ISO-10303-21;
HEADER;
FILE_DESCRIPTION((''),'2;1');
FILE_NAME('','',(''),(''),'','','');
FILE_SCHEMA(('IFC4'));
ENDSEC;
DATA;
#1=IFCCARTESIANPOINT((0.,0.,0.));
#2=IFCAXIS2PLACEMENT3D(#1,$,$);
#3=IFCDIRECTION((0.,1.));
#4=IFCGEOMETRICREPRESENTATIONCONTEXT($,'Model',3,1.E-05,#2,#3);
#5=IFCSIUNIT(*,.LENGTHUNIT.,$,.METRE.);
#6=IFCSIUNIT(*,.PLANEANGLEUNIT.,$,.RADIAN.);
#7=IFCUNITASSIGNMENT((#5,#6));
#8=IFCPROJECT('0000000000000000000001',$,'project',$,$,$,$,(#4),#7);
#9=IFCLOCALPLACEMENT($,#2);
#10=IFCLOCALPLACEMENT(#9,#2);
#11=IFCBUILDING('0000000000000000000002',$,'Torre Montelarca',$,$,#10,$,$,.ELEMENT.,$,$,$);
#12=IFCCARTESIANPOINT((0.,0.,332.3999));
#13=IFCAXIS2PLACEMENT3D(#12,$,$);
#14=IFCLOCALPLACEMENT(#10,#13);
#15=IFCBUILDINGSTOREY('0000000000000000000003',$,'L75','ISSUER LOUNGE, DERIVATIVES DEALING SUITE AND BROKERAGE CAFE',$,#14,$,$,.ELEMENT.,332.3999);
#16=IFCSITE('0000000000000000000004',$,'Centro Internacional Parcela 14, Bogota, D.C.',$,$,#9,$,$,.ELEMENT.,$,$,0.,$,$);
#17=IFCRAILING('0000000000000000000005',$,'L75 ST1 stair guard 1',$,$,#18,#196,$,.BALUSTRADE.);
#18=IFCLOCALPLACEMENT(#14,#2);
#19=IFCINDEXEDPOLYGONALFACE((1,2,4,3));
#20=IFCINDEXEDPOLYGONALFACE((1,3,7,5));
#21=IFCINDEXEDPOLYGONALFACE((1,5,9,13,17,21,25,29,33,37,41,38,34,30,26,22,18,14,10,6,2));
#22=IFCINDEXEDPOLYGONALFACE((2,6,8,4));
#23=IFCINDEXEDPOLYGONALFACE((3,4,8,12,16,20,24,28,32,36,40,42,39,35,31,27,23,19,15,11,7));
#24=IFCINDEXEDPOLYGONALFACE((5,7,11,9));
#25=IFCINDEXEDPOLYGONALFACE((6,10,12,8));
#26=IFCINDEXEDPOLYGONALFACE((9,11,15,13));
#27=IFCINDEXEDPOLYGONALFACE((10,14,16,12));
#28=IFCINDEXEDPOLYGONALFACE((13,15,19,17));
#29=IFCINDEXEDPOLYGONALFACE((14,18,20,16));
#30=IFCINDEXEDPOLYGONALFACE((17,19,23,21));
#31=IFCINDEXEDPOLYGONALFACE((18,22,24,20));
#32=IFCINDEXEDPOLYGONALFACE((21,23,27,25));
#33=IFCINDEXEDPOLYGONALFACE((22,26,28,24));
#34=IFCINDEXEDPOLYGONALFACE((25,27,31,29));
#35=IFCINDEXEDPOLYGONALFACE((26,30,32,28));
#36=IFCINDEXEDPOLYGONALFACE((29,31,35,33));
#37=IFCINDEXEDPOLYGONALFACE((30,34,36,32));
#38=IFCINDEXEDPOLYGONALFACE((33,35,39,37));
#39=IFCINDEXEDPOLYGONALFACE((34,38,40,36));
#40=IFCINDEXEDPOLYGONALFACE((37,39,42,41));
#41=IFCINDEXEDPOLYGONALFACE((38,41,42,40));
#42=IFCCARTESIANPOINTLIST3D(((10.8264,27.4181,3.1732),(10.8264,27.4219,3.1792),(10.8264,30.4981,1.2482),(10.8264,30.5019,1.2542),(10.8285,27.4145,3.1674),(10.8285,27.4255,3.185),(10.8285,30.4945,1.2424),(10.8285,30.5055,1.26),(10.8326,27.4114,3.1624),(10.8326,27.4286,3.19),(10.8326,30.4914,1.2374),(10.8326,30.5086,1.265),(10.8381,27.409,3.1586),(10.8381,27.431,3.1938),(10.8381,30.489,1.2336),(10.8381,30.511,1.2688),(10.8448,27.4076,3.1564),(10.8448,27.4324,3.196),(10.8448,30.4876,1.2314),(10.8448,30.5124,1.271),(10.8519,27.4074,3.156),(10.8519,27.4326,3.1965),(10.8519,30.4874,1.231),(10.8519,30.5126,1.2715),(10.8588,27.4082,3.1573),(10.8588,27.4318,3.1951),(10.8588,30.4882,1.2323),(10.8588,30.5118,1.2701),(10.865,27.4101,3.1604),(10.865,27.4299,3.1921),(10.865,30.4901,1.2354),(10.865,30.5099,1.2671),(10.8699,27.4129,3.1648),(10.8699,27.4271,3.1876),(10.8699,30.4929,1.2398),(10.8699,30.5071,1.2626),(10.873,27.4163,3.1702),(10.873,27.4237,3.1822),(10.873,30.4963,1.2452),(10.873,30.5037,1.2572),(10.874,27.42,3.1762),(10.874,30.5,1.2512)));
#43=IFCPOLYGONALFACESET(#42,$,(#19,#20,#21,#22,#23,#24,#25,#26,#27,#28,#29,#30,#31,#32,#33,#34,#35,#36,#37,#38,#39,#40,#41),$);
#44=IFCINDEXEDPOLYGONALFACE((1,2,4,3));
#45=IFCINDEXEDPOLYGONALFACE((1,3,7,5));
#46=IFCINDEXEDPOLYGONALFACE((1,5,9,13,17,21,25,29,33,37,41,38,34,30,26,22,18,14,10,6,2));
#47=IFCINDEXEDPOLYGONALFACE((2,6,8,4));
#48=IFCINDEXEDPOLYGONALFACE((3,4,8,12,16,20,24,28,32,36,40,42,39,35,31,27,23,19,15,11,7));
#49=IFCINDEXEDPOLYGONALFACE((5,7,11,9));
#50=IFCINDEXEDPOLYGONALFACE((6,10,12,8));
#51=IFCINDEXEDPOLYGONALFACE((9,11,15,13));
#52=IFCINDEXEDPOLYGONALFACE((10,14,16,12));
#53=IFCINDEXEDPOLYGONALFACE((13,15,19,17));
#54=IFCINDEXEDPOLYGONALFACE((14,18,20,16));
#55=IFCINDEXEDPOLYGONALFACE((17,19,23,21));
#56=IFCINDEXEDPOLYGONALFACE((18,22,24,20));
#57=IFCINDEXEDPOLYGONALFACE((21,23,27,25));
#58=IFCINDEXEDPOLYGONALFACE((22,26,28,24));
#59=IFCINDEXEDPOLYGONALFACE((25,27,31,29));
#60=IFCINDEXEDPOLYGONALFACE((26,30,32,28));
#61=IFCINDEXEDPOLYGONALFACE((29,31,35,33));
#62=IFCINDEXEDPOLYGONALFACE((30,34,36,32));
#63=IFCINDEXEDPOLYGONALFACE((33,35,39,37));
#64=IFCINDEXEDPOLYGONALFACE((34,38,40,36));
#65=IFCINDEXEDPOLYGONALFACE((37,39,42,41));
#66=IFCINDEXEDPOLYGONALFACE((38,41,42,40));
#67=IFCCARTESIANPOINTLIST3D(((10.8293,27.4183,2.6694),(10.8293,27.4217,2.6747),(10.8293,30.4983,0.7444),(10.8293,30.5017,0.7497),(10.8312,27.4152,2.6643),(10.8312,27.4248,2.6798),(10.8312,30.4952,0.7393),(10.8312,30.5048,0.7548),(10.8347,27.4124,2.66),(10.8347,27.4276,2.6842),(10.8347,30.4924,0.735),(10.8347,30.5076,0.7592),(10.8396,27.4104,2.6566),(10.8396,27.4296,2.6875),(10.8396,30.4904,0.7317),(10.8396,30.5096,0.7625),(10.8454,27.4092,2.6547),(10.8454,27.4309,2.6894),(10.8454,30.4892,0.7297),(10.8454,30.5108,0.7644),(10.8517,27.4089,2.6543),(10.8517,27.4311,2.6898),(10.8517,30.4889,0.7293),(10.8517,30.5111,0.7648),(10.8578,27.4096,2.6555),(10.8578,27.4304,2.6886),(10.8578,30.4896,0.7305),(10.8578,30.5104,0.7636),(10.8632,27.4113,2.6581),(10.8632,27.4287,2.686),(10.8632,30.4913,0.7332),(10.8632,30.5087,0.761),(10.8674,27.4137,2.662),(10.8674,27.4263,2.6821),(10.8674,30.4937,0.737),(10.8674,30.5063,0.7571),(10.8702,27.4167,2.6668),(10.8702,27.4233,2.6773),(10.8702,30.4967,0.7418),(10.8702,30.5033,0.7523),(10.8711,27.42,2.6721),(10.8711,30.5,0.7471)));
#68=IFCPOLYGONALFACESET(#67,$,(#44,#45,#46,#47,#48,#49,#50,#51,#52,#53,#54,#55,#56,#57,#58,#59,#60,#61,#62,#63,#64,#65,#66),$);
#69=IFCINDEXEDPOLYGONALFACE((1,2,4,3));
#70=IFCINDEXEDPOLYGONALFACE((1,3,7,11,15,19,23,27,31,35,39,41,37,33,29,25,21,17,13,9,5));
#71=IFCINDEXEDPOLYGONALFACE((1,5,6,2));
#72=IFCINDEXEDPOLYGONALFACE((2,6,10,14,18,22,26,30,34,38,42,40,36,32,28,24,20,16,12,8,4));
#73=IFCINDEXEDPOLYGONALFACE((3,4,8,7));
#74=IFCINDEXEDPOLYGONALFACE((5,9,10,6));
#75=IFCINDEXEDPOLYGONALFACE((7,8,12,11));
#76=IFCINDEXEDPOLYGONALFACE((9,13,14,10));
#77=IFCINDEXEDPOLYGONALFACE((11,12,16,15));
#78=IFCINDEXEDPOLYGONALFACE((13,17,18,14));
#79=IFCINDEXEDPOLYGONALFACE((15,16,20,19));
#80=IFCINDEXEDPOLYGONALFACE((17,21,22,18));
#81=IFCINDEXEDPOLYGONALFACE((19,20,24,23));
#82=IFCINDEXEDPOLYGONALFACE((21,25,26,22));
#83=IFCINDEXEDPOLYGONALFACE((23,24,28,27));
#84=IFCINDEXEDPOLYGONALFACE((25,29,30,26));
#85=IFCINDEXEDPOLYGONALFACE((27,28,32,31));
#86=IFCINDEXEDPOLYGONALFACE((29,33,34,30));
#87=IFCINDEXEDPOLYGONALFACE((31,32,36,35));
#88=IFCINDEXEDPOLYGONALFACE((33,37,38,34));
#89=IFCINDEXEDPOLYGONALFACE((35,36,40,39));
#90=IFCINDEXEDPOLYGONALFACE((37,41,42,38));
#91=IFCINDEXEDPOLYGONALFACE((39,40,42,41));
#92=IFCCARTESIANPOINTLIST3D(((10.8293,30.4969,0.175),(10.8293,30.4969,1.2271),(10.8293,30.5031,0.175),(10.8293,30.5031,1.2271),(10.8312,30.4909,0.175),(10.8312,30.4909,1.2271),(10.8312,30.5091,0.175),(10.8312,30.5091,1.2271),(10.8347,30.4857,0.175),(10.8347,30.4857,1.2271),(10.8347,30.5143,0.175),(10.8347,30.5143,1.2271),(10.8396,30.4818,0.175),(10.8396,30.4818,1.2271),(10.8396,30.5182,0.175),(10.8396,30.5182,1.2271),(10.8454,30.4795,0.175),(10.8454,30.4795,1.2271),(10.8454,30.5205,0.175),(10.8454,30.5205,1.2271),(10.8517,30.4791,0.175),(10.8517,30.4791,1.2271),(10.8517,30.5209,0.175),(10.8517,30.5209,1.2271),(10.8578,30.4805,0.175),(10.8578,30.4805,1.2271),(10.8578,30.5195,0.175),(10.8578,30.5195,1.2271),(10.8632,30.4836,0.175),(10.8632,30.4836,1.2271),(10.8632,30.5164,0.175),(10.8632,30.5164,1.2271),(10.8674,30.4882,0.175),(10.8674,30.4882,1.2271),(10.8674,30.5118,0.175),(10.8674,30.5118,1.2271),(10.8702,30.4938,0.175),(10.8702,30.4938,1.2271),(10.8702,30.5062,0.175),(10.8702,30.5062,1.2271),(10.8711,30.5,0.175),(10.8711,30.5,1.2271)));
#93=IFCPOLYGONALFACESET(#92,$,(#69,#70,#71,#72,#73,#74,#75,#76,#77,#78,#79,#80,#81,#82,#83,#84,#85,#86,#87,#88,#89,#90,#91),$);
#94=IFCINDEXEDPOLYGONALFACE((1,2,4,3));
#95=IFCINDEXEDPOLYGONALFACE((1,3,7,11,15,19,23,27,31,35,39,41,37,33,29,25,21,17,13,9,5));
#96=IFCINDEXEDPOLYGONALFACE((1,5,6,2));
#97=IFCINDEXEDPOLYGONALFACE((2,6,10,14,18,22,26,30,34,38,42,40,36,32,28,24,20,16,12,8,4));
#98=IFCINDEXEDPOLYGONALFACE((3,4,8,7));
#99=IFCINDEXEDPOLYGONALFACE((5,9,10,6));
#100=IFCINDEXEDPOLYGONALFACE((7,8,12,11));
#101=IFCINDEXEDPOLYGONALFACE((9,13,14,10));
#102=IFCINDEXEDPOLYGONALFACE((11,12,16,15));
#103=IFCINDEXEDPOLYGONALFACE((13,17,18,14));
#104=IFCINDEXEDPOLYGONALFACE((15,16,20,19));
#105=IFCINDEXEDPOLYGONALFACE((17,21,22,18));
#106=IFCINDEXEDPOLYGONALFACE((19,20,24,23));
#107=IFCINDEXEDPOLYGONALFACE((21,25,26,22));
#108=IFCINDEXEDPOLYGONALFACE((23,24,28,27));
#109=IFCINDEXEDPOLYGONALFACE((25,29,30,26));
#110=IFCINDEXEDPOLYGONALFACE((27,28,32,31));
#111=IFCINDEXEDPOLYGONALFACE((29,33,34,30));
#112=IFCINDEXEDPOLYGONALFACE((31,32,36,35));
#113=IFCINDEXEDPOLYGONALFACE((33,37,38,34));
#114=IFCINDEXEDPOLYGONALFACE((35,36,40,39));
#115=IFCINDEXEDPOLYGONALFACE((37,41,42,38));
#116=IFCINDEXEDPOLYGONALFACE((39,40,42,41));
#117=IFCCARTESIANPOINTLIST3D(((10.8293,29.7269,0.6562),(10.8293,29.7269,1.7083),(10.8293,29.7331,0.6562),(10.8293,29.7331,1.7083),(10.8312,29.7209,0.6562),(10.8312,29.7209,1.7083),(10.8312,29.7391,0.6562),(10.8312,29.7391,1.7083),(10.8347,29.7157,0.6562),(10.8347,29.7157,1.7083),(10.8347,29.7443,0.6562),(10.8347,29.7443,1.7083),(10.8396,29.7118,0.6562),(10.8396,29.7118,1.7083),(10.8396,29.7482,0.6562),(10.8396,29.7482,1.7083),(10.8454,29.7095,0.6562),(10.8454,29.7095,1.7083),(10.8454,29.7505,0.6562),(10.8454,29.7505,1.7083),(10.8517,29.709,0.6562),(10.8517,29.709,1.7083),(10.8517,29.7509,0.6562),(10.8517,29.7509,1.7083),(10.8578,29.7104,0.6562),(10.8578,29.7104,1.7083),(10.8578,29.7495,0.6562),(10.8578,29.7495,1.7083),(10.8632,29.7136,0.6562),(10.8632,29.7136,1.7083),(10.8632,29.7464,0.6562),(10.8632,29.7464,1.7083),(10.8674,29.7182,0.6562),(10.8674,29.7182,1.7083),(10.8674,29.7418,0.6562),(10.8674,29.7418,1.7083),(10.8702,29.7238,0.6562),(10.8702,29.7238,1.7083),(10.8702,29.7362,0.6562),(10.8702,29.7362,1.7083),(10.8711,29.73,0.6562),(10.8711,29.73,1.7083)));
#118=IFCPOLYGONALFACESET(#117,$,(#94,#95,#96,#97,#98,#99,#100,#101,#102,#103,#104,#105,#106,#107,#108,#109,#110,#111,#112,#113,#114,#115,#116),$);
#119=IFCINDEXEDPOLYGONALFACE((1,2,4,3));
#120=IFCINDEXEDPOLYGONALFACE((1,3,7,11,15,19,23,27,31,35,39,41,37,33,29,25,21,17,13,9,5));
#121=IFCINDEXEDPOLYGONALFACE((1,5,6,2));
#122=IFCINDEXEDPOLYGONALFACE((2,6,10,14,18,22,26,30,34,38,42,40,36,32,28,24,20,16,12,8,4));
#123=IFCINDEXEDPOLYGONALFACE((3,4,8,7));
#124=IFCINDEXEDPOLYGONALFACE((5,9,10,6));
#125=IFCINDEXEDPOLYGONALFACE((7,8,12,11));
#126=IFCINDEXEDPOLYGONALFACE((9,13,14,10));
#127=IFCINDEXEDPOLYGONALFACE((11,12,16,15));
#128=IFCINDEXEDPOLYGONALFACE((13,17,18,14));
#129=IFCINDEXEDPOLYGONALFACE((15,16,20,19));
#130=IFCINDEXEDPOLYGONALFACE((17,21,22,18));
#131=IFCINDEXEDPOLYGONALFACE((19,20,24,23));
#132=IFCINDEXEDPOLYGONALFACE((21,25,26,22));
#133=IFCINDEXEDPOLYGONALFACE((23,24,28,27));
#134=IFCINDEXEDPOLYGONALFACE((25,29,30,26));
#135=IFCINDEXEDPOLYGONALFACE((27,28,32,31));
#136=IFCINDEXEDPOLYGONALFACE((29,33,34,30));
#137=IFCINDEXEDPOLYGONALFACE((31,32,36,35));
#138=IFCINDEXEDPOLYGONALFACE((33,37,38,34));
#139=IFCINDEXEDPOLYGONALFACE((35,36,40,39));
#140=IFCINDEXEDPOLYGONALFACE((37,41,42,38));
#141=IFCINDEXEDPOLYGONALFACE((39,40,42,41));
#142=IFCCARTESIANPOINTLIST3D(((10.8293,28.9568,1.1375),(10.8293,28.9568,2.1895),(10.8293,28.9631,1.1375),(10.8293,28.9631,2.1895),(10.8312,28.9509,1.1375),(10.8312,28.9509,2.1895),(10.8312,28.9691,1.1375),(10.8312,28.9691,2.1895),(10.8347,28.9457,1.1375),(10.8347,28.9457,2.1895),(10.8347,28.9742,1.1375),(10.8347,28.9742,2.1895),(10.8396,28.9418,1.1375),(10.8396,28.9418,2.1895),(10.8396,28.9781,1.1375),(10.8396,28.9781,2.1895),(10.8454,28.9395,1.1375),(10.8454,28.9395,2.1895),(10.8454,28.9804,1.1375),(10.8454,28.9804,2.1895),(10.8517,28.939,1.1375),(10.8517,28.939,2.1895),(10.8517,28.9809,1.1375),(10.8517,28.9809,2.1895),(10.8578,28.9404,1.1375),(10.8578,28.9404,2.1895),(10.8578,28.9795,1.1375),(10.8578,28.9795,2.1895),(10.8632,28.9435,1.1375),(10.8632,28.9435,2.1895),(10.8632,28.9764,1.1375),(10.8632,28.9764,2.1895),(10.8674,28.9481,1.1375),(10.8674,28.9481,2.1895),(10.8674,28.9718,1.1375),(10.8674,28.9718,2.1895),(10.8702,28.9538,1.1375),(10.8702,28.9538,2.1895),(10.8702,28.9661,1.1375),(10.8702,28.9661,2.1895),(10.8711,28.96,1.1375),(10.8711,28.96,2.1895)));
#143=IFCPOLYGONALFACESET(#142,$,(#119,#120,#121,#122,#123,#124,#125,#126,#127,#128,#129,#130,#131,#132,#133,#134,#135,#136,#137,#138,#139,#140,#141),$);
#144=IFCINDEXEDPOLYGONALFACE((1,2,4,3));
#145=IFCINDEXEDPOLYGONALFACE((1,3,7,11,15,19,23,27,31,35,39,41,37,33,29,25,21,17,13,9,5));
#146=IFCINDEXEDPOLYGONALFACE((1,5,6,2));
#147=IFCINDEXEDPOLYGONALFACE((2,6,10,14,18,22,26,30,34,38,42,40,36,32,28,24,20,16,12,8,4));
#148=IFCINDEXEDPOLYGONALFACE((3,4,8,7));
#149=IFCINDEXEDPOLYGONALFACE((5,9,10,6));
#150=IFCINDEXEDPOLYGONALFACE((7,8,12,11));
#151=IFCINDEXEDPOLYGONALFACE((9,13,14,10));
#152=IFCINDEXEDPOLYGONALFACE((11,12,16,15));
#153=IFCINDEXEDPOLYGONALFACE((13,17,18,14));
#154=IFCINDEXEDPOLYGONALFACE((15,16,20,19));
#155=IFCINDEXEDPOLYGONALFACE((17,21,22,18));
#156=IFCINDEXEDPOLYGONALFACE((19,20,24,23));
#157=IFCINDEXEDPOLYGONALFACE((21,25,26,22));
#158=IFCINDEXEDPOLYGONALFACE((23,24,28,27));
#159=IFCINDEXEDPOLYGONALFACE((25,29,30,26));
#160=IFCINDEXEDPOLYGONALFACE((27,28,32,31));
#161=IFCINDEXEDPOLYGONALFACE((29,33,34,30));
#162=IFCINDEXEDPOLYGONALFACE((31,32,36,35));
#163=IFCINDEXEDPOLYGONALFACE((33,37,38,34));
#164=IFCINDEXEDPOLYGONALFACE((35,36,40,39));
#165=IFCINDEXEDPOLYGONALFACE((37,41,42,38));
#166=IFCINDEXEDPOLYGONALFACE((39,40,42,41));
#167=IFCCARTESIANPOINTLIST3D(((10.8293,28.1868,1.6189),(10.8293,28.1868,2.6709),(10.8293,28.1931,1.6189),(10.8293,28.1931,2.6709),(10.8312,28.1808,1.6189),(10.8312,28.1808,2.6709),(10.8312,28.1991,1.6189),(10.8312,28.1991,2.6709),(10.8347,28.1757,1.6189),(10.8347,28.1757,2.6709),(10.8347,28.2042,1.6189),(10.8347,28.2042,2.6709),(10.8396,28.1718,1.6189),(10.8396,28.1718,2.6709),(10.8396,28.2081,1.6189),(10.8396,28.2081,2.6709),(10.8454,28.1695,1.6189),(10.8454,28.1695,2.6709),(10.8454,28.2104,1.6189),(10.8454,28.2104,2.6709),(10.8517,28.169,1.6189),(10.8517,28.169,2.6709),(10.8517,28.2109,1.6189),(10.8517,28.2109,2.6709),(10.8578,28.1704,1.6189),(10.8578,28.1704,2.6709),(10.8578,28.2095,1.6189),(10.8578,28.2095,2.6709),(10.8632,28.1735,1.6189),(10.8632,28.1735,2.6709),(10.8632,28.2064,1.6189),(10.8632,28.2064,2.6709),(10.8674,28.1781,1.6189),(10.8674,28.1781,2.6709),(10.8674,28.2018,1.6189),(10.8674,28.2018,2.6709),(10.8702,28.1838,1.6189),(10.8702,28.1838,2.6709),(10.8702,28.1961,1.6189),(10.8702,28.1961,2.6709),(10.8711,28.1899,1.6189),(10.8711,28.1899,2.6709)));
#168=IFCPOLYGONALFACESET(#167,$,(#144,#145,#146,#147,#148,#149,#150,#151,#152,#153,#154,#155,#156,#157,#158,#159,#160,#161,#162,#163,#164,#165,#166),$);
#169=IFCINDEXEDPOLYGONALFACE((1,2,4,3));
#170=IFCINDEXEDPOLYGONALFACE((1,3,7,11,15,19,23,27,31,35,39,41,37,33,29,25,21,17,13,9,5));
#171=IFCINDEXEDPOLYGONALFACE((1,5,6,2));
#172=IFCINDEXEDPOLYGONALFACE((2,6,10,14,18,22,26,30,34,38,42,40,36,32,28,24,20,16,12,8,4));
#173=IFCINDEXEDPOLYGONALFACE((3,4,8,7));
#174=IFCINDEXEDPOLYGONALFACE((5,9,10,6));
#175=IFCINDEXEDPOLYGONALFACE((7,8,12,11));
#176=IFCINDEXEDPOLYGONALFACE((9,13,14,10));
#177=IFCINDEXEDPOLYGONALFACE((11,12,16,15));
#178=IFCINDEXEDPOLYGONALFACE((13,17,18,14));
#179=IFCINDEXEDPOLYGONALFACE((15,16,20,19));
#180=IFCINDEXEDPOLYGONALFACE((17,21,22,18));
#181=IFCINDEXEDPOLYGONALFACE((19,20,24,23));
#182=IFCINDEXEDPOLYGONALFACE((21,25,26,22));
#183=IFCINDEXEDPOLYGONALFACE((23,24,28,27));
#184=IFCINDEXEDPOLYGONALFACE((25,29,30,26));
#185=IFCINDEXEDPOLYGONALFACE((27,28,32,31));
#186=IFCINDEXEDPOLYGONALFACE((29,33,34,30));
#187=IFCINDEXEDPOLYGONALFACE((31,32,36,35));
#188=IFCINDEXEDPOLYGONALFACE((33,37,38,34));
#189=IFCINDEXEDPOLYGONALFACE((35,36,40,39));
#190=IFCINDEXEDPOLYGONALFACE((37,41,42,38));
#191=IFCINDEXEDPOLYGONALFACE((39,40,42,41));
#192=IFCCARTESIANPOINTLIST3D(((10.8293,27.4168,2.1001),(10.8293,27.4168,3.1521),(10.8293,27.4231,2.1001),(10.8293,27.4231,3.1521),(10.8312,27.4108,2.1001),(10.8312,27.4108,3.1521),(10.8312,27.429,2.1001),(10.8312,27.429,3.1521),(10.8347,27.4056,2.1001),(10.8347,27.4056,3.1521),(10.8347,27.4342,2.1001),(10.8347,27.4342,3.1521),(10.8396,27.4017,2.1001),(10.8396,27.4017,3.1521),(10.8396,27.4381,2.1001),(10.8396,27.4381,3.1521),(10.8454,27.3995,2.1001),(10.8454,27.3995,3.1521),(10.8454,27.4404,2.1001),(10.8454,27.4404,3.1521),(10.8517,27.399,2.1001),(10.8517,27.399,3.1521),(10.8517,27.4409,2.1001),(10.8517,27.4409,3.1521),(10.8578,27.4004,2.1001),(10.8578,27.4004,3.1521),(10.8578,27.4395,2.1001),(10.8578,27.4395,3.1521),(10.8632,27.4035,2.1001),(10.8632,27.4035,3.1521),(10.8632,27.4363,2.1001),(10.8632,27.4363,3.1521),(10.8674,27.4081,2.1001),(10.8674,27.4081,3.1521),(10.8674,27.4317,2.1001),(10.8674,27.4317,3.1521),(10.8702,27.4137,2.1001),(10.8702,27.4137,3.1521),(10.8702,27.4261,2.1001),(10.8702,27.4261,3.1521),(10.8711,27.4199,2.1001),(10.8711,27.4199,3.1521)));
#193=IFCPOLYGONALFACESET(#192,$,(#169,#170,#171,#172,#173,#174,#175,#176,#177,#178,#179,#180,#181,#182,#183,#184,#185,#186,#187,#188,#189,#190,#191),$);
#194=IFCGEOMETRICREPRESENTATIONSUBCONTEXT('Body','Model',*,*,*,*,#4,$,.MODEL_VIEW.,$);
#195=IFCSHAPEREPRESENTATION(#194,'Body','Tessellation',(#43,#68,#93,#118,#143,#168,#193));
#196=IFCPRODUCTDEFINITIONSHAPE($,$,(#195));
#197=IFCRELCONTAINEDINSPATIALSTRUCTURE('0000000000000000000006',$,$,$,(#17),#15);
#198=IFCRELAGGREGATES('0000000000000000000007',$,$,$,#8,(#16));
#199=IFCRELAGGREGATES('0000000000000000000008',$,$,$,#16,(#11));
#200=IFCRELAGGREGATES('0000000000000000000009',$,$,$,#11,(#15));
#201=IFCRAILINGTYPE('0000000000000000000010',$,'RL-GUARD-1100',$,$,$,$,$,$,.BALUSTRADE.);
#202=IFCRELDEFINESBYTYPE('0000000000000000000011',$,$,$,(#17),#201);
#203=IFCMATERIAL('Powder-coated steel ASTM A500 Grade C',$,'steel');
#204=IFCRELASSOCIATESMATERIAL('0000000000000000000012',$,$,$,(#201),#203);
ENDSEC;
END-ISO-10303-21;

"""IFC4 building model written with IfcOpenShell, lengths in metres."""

from ifc_helpers import new_model, si_unit, direction, frame, origin, origin_2d, place, context, subcontext, project, spatial, circle, extrude, material, type_object, element, save


model = new_model("IFC4")

# Units and contexts
model_context = context("Model", 3, precision=1e-05, world=origin(), true_north=direction((0.0, 1.0)))
body_context = subcontext(model_context, "Body", "Model", "MODEL_VIEW")
ifc_project = project(units=[si_unit("LENGTHUNIT", "METRE"), si_unit("PLANEANGLEUNIT", "RADIAN")], contexts=[model_context])

# Site, building, storey
site_placement = place(None, origin())
site = spatial("IfcSite", under=ifc_project, at=site_placement, Name="Centro Internacional Parcela 14, Bogota, D.C.", CompositionType="ELEMENT", RefElevation=0.0)
building_placement = place(site_placement, origin())
building = spatial("IfcBuilding", under=site, at=building_placement, Name="Torre Montelarca", CompositionType="ELEMENT")
storey_placement = place(building_placement, frame((0.0, 0.0, 332.3999)))
storey = spatial("IfcBuildingStorey", under=building, at=storey_placement, Name="L75", Description="ISSUER LOUNGE, DERIVATIVES DEALING SUITE AND BROKERAGE CAFE", CompositionType="ELEMENT", Elevation=332.3999)

# Railing
ifc_material_1 = material(Name="Powder-coated steel ASTM A500 Grade C", Category="steel")
railing_type_1 = type_object("IfcRailingType", Name="RL-GUARD-1100", PredefinedType="BALUSTRADE", material=ifc_material_1)
railing_1_placement = place(storey_placement, frame((10.8501, 30.5, 0.175)))
element("IfcRailing", 1, at=railing_1_placement, inside=storey, type_object=railing_type_1, Name="L75 ST1 stair guard 1", PredefinedType="BALUSTRADE", context=body_context, shape_type="SweptSolid", body=[
    extrude(circle(Radius=0.0239, at=origin_2d()), frame((0.0, 0.0, 1.0762), z_axis=(0.0, -0.847998, 0.529999), x_axis=(1.0, 0.0, 0.0)), (0.0, 0.0, 1.0), 3.6321),
    extrude(circle(Radius=0.021, at=origin_2d()), frame((0.0, 0.0, 0.572), z_axis=(0.0, -0.847998, 0.529999), x_axis=(1.0, 0.0, 0.0)), (0.0, 0.0, 1.0), 3.6321),
    extrude(circle(Radius=0.021, at=origin_2d()), origin(), (0.0, 0.0, 1.0), 1.052),
    extrude(circle(Radius=0.021, at=origin_2d()), frame((0.0, -0.77, 0.4812)), (0.0, 0.0, 1.0), 1.052),
    extrude(circle(Radius=0.021, at=origin_2d()), frame((0.0, -1.54, 0.9624)), (0.0, 0.0, 1.0), 1.052),
    extrude(circle(Radius=0.021, at=origin_2d()), frame((0.0, -2.3101, 1.4438)), (0.0, 0.0, 1.0), 1.052),
    extrude(circle(Radius=0.021, at=origin_2d()), frame((0.0, -3.0801, 1.925)), (0.0, 0.0, 1.0), 1.052),
])

save(model, "model.ifc")
